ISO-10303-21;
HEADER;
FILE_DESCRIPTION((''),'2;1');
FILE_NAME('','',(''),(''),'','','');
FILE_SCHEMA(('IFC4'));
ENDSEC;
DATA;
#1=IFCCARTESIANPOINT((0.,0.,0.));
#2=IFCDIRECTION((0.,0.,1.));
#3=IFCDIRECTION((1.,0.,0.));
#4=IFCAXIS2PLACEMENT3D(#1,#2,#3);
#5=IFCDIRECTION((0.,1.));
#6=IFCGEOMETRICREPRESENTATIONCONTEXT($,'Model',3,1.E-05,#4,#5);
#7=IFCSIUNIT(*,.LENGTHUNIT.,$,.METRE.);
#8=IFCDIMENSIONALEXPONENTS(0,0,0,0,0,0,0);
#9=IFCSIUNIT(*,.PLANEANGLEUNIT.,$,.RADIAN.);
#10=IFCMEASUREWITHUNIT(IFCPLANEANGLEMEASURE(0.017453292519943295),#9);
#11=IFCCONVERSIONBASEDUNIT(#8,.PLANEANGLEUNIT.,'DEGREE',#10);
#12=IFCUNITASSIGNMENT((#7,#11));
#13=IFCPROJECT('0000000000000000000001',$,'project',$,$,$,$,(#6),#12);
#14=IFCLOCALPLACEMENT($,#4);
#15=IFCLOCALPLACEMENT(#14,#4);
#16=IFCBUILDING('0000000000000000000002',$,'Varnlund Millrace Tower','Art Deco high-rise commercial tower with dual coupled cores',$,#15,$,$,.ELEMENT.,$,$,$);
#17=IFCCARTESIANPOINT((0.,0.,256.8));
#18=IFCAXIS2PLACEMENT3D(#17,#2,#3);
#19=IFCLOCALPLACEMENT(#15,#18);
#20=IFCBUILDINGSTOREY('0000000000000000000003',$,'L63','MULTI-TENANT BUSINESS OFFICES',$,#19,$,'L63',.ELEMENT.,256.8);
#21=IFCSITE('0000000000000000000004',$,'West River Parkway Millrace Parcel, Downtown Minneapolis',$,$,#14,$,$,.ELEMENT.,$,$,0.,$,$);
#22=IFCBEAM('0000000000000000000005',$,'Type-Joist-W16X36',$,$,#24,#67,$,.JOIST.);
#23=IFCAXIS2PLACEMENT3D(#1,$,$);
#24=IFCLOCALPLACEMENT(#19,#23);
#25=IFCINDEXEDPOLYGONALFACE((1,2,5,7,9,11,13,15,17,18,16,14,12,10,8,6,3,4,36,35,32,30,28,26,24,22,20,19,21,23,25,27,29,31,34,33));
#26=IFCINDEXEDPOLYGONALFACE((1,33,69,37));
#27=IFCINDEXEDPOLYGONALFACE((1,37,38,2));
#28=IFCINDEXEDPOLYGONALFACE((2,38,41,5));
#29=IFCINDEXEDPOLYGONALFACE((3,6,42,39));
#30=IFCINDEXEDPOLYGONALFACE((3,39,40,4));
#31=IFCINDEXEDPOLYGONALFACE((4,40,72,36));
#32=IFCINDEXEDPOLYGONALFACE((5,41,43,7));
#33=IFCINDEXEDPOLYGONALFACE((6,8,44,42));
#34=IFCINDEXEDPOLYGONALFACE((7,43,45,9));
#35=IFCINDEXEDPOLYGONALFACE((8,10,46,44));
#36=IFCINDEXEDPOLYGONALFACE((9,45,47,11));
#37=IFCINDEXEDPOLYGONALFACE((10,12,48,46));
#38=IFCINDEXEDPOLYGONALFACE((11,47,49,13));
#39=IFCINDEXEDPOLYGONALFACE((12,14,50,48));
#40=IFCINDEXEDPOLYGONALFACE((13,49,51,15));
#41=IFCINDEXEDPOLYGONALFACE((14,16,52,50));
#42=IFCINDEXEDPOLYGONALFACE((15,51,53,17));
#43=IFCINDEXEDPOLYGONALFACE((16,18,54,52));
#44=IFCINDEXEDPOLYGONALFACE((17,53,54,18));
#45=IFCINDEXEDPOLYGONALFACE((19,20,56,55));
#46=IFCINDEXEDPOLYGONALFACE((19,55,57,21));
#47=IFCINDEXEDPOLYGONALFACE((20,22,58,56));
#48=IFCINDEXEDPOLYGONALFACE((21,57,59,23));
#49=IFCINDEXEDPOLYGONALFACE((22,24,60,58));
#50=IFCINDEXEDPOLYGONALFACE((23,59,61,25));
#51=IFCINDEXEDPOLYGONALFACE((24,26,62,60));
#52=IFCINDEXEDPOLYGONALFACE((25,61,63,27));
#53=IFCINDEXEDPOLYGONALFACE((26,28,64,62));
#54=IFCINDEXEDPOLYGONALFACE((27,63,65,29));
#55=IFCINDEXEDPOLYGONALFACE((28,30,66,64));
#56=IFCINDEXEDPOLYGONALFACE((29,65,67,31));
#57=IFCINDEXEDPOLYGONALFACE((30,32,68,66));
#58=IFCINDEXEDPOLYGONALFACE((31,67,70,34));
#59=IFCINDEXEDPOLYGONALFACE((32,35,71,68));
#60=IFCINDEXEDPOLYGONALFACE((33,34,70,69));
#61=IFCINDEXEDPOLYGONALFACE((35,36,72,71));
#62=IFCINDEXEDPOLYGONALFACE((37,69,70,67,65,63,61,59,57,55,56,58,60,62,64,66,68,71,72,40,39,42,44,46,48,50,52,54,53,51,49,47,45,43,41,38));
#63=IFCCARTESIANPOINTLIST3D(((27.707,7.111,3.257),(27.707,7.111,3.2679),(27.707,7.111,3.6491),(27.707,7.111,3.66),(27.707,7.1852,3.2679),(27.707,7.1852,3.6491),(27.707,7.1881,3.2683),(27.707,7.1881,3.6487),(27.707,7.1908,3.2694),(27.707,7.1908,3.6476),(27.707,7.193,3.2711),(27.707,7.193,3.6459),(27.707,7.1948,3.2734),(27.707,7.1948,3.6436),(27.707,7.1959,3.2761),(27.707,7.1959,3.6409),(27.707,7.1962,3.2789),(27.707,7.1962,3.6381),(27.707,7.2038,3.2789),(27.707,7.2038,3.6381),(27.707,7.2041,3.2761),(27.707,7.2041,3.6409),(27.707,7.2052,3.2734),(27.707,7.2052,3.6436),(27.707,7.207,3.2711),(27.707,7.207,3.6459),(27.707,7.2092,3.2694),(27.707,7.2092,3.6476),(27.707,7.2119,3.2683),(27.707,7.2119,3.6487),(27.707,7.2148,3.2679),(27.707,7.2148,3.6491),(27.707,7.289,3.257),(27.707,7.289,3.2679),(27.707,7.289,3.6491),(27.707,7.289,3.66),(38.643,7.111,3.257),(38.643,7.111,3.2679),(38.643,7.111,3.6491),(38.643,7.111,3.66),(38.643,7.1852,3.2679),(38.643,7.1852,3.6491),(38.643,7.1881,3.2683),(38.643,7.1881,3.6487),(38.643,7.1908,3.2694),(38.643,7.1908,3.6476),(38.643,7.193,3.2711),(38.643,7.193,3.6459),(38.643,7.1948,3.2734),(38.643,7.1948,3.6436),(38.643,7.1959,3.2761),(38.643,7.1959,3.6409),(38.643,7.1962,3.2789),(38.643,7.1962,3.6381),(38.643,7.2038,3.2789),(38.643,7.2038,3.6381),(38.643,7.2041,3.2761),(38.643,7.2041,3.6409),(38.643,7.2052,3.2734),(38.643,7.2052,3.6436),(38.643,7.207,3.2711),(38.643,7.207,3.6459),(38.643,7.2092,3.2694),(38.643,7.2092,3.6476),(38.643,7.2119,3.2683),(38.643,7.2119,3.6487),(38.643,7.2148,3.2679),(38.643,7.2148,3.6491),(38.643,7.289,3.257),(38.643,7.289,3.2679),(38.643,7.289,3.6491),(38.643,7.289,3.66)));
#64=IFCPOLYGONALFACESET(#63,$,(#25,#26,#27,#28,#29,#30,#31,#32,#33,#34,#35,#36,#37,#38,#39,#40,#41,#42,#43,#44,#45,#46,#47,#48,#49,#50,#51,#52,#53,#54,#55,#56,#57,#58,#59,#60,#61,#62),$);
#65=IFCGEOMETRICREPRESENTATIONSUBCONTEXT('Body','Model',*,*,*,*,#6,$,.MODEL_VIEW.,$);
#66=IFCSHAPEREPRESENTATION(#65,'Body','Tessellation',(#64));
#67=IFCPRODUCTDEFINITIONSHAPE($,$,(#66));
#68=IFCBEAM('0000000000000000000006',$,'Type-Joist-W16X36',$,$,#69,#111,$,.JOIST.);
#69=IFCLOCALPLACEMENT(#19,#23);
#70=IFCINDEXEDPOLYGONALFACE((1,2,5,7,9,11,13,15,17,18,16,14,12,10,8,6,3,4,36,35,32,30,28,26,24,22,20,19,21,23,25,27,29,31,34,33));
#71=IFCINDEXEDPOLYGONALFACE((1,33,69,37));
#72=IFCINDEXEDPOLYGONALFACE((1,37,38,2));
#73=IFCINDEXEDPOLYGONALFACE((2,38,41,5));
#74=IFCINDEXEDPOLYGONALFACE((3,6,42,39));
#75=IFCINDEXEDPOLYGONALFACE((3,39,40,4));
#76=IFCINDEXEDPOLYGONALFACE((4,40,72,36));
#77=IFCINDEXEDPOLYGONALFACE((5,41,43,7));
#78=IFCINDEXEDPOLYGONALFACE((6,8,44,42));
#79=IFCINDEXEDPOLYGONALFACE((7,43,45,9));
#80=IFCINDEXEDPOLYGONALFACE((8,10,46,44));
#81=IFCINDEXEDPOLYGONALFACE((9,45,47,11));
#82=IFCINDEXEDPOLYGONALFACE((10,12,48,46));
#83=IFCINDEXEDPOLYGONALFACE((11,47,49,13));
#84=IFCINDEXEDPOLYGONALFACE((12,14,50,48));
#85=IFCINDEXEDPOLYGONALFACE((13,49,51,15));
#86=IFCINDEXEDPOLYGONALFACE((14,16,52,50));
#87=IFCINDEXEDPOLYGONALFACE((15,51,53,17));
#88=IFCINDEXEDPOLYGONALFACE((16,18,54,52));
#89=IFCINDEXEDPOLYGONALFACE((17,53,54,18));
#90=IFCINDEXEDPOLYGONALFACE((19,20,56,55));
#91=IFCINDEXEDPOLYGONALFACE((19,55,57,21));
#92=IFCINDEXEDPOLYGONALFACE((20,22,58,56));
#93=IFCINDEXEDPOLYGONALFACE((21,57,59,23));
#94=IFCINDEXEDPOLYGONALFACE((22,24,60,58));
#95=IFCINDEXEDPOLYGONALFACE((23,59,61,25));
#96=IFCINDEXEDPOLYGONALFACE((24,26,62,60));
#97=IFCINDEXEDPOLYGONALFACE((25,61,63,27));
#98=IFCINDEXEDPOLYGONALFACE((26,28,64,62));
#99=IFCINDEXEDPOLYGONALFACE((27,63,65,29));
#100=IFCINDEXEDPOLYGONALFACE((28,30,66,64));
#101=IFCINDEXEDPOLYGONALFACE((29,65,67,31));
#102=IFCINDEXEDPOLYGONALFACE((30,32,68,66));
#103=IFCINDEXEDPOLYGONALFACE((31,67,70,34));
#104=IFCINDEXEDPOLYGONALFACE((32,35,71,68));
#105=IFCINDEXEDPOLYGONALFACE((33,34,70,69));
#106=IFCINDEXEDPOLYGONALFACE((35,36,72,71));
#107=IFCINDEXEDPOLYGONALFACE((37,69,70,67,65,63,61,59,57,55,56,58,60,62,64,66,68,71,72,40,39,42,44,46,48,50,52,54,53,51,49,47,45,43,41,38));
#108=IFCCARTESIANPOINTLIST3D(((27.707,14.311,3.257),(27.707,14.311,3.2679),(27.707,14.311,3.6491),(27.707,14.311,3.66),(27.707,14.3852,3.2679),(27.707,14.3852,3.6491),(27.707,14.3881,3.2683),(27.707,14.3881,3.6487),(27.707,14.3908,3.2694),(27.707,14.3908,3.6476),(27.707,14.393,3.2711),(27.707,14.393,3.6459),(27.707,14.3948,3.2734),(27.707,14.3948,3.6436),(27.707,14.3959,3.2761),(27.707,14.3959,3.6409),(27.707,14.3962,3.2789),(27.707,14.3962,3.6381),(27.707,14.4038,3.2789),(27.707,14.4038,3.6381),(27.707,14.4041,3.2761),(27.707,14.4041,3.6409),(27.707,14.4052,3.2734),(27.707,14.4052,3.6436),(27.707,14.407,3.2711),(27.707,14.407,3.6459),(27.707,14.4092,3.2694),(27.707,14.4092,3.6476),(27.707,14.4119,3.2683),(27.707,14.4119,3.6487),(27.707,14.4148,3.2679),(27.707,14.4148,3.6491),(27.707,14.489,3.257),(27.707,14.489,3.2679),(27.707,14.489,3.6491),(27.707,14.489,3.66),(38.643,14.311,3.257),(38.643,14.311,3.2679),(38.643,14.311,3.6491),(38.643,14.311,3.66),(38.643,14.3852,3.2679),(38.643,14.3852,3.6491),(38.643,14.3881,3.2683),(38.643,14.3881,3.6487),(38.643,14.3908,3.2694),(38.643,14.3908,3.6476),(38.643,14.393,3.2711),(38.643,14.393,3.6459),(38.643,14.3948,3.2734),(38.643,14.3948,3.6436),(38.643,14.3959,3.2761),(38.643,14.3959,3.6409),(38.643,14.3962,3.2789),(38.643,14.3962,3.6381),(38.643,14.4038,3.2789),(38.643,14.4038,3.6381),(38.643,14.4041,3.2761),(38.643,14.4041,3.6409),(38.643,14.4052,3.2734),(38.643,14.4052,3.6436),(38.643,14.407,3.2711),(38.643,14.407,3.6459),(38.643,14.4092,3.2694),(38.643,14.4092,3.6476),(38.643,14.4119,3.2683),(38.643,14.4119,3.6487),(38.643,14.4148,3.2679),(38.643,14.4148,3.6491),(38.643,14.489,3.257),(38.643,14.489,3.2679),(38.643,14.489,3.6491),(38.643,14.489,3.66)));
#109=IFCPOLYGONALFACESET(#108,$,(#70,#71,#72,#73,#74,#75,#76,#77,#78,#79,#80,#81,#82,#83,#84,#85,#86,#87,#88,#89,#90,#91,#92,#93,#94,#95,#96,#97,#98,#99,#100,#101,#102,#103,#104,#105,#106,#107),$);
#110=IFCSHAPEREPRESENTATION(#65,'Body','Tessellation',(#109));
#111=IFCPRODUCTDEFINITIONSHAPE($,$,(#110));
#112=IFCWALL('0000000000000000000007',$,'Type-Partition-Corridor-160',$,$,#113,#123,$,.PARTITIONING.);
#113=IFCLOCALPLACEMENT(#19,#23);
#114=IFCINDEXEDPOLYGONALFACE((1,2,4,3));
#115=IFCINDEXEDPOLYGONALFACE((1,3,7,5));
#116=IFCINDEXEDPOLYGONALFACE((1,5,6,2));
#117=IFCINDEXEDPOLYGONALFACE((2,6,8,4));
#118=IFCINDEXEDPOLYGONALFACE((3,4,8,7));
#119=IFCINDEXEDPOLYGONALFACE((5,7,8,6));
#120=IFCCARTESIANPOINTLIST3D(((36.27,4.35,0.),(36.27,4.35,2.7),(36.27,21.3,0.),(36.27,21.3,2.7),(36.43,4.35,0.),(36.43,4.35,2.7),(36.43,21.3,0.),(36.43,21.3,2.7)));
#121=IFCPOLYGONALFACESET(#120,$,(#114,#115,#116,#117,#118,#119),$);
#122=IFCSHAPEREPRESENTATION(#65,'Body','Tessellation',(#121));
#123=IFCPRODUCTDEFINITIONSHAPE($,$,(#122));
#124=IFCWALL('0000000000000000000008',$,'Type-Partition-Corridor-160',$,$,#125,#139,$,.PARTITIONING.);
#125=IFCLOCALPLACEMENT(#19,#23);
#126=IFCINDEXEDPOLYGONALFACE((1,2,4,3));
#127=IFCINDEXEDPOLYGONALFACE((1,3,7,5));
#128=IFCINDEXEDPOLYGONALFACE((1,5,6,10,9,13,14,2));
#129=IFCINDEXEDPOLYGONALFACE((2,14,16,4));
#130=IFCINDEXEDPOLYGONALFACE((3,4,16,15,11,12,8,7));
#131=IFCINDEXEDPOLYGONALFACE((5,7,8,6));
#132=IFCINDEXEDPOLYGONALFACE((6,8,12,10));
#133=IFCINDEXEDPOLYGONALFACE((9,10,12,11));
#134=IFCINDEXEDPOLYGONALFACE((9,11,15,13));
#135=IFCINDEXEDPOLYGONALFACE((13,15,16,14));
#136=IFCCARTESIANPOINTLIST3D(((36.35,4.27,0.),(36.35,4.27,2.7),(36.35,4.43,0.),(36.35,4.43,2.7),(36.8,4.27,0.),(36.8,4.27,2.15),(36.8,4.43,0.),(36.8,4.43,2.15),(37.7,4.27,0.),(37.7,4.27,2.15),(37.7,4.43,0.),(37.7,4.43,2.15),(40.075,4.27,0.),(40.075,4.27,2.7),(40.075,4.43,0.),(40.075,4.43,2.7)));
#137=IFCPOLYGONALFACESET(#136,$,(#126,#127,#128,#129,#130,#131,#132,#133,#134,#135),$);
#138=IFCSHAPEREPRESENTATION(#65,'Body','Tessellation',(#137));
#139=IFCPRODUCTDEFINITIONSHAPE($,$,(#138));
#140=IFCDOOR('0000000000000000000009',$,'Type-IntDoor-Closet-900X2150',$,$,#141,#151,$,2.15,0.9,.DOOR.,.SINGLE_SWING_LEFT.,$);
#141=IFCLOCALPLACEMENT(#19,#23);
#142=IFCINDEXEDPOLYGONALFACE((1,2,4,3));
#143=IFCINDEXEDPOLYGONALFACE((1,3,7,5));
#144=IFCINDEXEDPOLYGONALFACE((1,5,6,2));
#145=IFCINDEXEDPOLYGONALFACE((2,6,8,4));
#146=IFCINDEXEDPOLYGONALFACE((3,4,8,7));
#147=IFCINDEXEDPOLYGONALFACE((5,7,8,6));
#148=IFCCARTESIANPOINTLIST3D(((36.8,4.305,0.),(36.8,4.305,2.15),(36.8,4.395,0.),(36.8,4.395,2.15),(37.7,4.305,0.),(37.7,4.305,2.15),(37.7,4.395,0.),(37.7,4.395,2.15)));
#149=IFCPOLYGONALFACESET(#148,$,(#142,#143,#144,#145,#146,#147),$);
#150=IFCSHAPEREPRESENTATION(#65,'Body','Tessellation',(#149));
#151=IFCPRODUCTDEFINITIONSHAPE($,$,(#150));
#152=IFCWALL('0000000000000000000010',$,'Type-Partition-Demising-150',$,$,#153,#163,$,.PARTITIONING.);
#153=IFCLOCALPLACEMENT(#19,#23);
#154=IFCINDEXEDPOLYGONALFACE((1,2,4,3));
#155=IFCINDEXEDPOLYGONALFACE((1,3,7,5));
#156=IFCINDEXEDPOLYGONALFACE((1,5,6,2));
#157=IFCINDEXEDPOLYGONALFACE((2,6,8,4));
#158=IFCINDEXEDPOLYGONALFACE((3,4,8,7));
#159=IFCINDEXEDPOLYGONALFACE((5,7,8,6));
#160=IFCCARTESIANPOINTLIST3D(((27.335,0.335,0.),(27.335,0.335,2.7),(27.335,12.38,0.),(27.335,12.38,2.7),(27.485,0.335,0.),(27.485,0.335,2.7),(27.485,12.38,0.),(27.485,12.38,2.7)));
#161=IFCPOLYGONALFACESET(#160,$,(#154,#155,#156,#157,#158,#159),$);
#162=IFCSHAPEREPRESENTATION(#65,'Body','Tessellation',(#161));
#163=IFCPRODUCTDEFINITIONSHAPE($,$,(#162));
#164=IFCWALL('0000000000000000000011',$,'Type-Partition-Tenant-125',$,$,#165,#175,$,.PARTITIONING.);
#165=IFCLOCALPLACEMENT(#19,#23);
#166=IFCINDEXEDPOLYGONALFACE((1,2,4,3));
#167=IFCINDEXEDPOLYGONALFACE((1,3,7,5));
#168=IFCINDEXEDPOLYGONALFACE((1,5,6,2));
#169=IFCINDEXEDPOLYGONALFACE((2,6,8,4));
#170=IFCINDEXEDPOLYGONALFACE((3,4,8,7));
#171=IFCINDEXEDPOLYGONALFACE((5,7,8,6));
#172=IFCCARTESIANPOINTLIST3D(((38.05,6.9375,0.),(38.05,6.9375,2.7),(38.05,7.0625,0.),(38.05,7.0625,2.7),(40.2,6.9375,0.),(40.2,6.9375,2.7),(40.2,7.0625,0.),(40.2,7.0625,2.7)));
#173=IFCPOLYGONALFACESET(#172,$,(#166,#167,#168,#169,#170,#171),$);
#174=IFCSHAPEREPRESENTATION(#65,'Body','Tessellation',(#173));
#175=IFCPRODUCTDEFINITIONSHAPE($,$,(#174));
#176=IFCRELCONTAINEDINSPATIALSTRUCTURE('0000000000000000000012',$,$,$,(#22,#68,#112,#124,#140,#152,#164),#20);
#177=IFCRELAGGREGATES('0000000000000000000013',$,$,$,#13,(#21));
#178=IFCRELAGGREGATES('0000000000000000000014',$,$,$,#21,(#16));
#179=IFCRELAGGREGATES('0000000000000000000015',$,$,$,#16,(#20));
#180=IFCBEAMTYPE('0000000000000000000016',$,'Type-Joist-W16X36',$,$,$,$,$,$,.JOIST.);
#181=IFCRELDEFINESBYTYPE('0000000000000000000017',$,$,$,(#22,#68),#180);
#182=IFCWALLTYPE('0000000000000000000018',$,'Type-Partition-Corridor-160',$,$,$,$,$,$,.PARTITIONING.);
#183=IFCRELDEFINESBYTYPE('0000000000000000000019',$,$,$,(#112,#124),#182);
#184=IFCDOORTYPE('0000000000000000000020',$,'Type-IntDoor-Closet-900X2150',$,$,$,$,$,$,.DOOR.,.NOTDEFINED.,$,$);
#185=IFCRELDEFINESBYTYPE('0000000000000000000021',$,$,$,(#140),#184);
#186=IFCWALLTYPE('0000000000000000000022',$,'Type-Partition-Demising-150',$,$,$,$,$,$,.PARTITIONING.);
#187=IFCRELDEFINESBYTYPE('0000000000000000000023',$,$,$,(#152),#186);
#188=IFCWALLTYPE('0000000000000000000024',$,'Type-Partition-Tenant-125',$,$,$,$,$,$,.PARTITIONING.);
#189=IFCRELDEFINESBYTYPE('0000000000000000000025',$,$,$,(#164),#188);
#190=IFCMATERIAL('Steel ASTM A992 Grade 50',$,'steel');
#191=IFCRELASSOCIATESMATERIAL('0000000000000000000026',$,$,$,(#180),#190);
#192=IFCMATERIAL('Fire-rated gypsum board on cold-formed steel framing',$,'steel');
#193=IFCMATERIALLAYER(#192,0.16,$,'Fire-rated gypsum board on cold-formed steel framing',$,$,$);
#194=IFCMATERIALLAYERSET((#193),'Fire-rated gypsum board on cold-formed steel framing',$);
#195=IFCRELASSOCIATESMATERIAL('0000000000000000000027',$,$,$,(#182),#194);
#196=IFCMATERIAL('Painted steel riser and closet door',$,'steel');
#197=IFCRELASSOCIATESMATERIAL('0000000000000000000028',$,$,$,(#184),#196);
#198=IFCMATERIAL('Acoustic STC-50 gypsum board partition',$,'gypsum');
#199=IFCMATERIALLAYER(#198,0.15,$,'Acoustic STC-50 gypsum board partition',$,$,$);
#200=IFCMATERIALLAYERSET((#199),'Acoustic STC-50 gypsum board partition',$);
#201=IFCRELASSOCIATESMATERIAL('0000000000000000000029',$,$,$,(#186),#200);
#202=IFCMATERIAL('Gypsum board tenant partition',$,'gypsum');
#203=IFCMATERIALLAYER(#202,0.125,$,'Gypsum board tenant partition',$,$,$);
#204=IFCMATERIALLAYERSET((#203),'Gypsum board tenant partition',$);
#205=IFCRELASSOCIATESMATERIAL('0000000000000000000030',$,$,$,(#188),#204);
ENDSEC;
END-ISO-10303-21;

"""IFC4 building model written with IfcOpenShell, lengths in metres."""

from ifc_helpers import new_model, entity, si_unit, converted_unit, direction, frame, origin_with_axes, origin_2d_with_axis, place, context, subcontext, project, spatial, polyline, rectangle, i_section, outline, extrude, material, layer, layer_set, material_profile, profile_set, type_object, element, fill, save


model = new_model("IFC4")

# Units and contexts
model_context = context("Model", 3, precision=1e-05, world=origin_with_axes(), true_north=direction((0.0, 1.0)))
body_context = subcontext(model_context, "Body", "Model", "MODEL_VIEW")
ifc_project = project(units=[si_unit("LENGTHUNIT", "METRE"), converted_unit("PLANEANGLEUNIT", "DEGREE", entity("IfcPlaneAngleMeasure", 0.017453292519943295), si_unit("PLANEANGLEUNIT", "RADIAN"), dimensions=[0, 0, 0, 0, 0, 0, 0])], contexts=[model_context])

# Site, building, storey
site_placement = place(None, origin_with_axes())
site = spatial("IfcSite", under=ifc_project, at=site_placement, Name="West River Parkway Millrace Parcel, Downtown Minneapolis", CompositionType="ELEMENT", RefElevation=0.0)
building_placement = place(site_placement, origin_with_axes())
building = spatial("IfcBuilding", under=site, at=building_placement, Name="Varnlund Millrace Tower", Description="Art Deco high-rise commercial tower with dual coupled cores", CompositionType="ELEMENT")
storey_placement = place(building_placement, frame((0.0, 0.0, 256.8), z_axis=(0.0, 0.0, 1.0), x_axis=(1.0, 0.0, 0.0)))
storey = spatial("IfcBuildingStorey", under=building, at=storey_placement, Name="L63", Description="MULTI-TENANT BUSINESS OFFICES", LongName="L63", CompositionType="ELEMENT", Elevation=256.8)

# Beams
ifc_material_1 = material(Name="Steel ASTM A992 Grade 50", Category="steel")
ifc_material_profile_1 = material_profile(ifc_material_1, i_section(OverallWidth=0.178, OverallDepth=0.403, WebThickness=0.0075, FlangeThickness=0.0109, FilletRadius=0.011, at=origin_2d_with_axis()), Name="Steel ASTM A992 Grade 50")
ifc_profile_set_1 = profile_set([ifc_material_profile_1], Name="Steel ASTM A992 Grade 50")
beam_type_1 = type_object("IfcBeamType", Name="Type-Joist-W16X36", PredefinedType="JOIST", material=ifc_profile_set_1)
for number, where, z_axis, x_axis, name in (
    (1, (27.707, 7.2, 3.4585), (1.0, 0.0, 0.0), (0.0, 1.0, 0.0), "Type-Joist-W16X36"),
    (2, (27.707, 14.4, 3.4585), (1.0, 0.0, 0.0), (0.0, 1.0, 0.0), "Type-Joist-W16X36"),
):
    element("IfcBeam", number, at=place(storey_placement, frame(where, z_axis=z_axis, x_axis=x_axis)), inside=storey, type_object=beam_type_1, Name=name, PredefinedType="JOIST", context=body_context, shape_type="SweptSolid", body=[
        extrude(i_section(OverallWidth=0.178, OverallDepth=0.403, WebThickness=0.0075, FlangeThickness=0.0109, FilletRadius=0.011, at=origin_2d_with_axis()), origin_with_axes(), (0.0, 0.0, 1.0), 10.936),
    ])

# Wall
ifc_material_2 = material(Name="Fire-rated gypsum board on cold-formed steel framing", Category="steel")
ifc_layer_1 = layer(ifc_material_2, 0.16, Name="Fire-rated gypsum board on cold-formed steel framing")
ifc_layer_set_1 = layer_set([ifc_layer_1], Name="Fire-rated gypsum board on cold-formed steel framing")
wall_type_1 = type_object("IfcWallType", Name="Type-Partition-Corridor-160", PredefinedType="PARTITIONING", material=ifc_layer_set_1)
wall_1_placement = place(storey_placement, frame((36.35, 4.35, 0.0), z_axis=(0.0, 0.0, 1.0), x_axis=(0.0, 1.0, 0.0)))
element("IfcWall", 3, at=wall_1_placement, inside=storey, type_object=wall_type_1, Name="Type-Partition-Corridor-160", PredefinedType="PARTITIONING", context=body_context, shape_type="SweptSolid", body=[
    extrude(outline(polyline([(0.0, -0.08), (16.95, -0.08), (16.95, 0.08), (0.0, 0.08), (0.0, -0.08)])), origin_with_axes(), (0.0, 0.0, 1.0), 2.7),
])

# Wall, opening, door
wall_2_placement = place(storey_placement, frame((36.35, 4.35, 0.0), z_axis=(0.0, 0.0, 1.0), x_axis=(1.0, 0.0, 0.0)))
wall_2 = element("IfcWall", 4, at=wall_2_placement, inside=storey, type_object=wall_type_1, Name="Type-Partition-Corridor-160", PredefinedType="PARTITIONING", context=body_context, shape_type="SweptSolid", body=[
    extrude(outline(polyline([(0.0, -0.08), (3.725, -0.08), (3.725, 0.08), (0.0, 0.08), (0.0, -0.08)])), origin_with_axes(), (0.0, 0.0, 1.0), 2.7),
])
opening_1_placement = place(wall_2_placement, frame((0.9, 0.0, 0.0), z_axis=(0.0, 0.0, 1.0), x_axis=(1.0, 0.0, 0.0)))
opening_1 = element("IfcOpeningElement", 5, at=opening_1_placement, cuts=wall_2, PredefinedType="OPENING", context=body_context, shape_type="SweptSolid", body=[
    extrude(rectangle(XDim=0.9, YDim=0.18, at=origin_2d_with_axis()), origin_with_axes(), (0.0, 0.0, 1.0), 2.15),
])
ifc_material_3 = material(Name="Painted steel riser and closet door", Category="steel")
door_type = type_object("IfcDoorType", Name="Type-IntDoor-Closet-900X2150", OperationType="NOTDEFINED", PredefinedType="DOOR", material=ifc_material_3)
door_1_placement = place(wall_2_placement, frame((0.9, 0.0, 0.0), z_axis=(0.0, 0.0, 1.0), x_axis=(1.0, 0.0, 0.0)))
door_1 = element("IfcDoor", 6, at=door_1_placement, inside=storey, type_object=door_type, Name="Type-IntDoor-Closet-900X2150", OperationType="SINGLE_SWING_LEFT", OverallHeight=2.15, OverallWidth=0.9, PredefinedType="DOOR", context=body_context, shape_type="SweptSolid", body=[
    extrude(rectangle(XDim=0.9, YDim=0.09, at=origin_2d_with_axis()), origin_with_axes(), (0.0, 0.0, 1.0), 2.15),
])
fill(opening_1, door_1)

# Walls
ifc_material_4 = material(Name="Acoustic STC-50 gypsum board partition", Category="gypsum")
ifc_layer_2 = layer(ifc_material_4, 0.15, Name="Acoustic STC-50 gypsum board partition")
ifc_layer_set_2 = layer_set([ifc_layer_2], Name="Acoustic STC-50 gypsum board partition")
wall_type_2 = type_object("IfcWallType", Name="Type-Partition-Demising-150", PredefinedType="PARTITIONING", material=ifc_layer_set_2)
wall_3_placement = place(storey_placement, frame((27.41, 0.335, 0.0), z_axis=(0.0, 0.0, 1.0), x_axis=(0.0, 1.0, 0.0)))
element("IfcWall", 7, at=wall_3_placement, inside=storey, type_object=wall_type_2, Name="Type-Partition-Demising-150", PredefinedType="PARTITIONING", context=body_context, shape_type="SweptSolid", body=[
    extrude(outline(polyline([(0.0, -0.075), (12.045, -0.075), (12.045, 0.075), (0.0, 0.075), (0.0, -0.075)])), origin_with_axes(), (0.0, 0.0, 1.0), 2.7),
])
ifc_material_5 = material(Name="Gypsum board tenant partition", Category="gypsum")
ifc_layer_3 = layer(ifc_material_5, 0.125, Name="Gypsum board tenant partition")
ifc_layer_set_3 = layer_set([ifc_layer_3], Name="Gypsum board tenant partition")
wall_type_3 = type_object("IfcWallType", Name="Type-Partition-Tenant-125", PredefinedType="PARTITIONING", material=ifc_layer_set_3)
wall_4_placement = place(storey_placement, frame((38.05, 7.0, 0.0), z_axis=(0.0, 0.0, 1.0), x_axis=(1.0, 0.0, 0.0)))
element("IfcWall", 8, at=wall_4_placement, inside=storey, type_object=wall_type_3, Name="Type-Partition-Tenant-125", PredefinedType="PARTITIONING", context=body_context, shape_type="SweptSolid", body=[
    extrude(outline(polyline([(0.0, -0.0625), (2.15, -0.0625), (2.15, 0.0625), (0.0, 0.0625), (0.0, -0.0625)])), origin_with_axes(), (0.0, 0.0, 1.0), 2.7),
])

save(model, "model.ifc")
